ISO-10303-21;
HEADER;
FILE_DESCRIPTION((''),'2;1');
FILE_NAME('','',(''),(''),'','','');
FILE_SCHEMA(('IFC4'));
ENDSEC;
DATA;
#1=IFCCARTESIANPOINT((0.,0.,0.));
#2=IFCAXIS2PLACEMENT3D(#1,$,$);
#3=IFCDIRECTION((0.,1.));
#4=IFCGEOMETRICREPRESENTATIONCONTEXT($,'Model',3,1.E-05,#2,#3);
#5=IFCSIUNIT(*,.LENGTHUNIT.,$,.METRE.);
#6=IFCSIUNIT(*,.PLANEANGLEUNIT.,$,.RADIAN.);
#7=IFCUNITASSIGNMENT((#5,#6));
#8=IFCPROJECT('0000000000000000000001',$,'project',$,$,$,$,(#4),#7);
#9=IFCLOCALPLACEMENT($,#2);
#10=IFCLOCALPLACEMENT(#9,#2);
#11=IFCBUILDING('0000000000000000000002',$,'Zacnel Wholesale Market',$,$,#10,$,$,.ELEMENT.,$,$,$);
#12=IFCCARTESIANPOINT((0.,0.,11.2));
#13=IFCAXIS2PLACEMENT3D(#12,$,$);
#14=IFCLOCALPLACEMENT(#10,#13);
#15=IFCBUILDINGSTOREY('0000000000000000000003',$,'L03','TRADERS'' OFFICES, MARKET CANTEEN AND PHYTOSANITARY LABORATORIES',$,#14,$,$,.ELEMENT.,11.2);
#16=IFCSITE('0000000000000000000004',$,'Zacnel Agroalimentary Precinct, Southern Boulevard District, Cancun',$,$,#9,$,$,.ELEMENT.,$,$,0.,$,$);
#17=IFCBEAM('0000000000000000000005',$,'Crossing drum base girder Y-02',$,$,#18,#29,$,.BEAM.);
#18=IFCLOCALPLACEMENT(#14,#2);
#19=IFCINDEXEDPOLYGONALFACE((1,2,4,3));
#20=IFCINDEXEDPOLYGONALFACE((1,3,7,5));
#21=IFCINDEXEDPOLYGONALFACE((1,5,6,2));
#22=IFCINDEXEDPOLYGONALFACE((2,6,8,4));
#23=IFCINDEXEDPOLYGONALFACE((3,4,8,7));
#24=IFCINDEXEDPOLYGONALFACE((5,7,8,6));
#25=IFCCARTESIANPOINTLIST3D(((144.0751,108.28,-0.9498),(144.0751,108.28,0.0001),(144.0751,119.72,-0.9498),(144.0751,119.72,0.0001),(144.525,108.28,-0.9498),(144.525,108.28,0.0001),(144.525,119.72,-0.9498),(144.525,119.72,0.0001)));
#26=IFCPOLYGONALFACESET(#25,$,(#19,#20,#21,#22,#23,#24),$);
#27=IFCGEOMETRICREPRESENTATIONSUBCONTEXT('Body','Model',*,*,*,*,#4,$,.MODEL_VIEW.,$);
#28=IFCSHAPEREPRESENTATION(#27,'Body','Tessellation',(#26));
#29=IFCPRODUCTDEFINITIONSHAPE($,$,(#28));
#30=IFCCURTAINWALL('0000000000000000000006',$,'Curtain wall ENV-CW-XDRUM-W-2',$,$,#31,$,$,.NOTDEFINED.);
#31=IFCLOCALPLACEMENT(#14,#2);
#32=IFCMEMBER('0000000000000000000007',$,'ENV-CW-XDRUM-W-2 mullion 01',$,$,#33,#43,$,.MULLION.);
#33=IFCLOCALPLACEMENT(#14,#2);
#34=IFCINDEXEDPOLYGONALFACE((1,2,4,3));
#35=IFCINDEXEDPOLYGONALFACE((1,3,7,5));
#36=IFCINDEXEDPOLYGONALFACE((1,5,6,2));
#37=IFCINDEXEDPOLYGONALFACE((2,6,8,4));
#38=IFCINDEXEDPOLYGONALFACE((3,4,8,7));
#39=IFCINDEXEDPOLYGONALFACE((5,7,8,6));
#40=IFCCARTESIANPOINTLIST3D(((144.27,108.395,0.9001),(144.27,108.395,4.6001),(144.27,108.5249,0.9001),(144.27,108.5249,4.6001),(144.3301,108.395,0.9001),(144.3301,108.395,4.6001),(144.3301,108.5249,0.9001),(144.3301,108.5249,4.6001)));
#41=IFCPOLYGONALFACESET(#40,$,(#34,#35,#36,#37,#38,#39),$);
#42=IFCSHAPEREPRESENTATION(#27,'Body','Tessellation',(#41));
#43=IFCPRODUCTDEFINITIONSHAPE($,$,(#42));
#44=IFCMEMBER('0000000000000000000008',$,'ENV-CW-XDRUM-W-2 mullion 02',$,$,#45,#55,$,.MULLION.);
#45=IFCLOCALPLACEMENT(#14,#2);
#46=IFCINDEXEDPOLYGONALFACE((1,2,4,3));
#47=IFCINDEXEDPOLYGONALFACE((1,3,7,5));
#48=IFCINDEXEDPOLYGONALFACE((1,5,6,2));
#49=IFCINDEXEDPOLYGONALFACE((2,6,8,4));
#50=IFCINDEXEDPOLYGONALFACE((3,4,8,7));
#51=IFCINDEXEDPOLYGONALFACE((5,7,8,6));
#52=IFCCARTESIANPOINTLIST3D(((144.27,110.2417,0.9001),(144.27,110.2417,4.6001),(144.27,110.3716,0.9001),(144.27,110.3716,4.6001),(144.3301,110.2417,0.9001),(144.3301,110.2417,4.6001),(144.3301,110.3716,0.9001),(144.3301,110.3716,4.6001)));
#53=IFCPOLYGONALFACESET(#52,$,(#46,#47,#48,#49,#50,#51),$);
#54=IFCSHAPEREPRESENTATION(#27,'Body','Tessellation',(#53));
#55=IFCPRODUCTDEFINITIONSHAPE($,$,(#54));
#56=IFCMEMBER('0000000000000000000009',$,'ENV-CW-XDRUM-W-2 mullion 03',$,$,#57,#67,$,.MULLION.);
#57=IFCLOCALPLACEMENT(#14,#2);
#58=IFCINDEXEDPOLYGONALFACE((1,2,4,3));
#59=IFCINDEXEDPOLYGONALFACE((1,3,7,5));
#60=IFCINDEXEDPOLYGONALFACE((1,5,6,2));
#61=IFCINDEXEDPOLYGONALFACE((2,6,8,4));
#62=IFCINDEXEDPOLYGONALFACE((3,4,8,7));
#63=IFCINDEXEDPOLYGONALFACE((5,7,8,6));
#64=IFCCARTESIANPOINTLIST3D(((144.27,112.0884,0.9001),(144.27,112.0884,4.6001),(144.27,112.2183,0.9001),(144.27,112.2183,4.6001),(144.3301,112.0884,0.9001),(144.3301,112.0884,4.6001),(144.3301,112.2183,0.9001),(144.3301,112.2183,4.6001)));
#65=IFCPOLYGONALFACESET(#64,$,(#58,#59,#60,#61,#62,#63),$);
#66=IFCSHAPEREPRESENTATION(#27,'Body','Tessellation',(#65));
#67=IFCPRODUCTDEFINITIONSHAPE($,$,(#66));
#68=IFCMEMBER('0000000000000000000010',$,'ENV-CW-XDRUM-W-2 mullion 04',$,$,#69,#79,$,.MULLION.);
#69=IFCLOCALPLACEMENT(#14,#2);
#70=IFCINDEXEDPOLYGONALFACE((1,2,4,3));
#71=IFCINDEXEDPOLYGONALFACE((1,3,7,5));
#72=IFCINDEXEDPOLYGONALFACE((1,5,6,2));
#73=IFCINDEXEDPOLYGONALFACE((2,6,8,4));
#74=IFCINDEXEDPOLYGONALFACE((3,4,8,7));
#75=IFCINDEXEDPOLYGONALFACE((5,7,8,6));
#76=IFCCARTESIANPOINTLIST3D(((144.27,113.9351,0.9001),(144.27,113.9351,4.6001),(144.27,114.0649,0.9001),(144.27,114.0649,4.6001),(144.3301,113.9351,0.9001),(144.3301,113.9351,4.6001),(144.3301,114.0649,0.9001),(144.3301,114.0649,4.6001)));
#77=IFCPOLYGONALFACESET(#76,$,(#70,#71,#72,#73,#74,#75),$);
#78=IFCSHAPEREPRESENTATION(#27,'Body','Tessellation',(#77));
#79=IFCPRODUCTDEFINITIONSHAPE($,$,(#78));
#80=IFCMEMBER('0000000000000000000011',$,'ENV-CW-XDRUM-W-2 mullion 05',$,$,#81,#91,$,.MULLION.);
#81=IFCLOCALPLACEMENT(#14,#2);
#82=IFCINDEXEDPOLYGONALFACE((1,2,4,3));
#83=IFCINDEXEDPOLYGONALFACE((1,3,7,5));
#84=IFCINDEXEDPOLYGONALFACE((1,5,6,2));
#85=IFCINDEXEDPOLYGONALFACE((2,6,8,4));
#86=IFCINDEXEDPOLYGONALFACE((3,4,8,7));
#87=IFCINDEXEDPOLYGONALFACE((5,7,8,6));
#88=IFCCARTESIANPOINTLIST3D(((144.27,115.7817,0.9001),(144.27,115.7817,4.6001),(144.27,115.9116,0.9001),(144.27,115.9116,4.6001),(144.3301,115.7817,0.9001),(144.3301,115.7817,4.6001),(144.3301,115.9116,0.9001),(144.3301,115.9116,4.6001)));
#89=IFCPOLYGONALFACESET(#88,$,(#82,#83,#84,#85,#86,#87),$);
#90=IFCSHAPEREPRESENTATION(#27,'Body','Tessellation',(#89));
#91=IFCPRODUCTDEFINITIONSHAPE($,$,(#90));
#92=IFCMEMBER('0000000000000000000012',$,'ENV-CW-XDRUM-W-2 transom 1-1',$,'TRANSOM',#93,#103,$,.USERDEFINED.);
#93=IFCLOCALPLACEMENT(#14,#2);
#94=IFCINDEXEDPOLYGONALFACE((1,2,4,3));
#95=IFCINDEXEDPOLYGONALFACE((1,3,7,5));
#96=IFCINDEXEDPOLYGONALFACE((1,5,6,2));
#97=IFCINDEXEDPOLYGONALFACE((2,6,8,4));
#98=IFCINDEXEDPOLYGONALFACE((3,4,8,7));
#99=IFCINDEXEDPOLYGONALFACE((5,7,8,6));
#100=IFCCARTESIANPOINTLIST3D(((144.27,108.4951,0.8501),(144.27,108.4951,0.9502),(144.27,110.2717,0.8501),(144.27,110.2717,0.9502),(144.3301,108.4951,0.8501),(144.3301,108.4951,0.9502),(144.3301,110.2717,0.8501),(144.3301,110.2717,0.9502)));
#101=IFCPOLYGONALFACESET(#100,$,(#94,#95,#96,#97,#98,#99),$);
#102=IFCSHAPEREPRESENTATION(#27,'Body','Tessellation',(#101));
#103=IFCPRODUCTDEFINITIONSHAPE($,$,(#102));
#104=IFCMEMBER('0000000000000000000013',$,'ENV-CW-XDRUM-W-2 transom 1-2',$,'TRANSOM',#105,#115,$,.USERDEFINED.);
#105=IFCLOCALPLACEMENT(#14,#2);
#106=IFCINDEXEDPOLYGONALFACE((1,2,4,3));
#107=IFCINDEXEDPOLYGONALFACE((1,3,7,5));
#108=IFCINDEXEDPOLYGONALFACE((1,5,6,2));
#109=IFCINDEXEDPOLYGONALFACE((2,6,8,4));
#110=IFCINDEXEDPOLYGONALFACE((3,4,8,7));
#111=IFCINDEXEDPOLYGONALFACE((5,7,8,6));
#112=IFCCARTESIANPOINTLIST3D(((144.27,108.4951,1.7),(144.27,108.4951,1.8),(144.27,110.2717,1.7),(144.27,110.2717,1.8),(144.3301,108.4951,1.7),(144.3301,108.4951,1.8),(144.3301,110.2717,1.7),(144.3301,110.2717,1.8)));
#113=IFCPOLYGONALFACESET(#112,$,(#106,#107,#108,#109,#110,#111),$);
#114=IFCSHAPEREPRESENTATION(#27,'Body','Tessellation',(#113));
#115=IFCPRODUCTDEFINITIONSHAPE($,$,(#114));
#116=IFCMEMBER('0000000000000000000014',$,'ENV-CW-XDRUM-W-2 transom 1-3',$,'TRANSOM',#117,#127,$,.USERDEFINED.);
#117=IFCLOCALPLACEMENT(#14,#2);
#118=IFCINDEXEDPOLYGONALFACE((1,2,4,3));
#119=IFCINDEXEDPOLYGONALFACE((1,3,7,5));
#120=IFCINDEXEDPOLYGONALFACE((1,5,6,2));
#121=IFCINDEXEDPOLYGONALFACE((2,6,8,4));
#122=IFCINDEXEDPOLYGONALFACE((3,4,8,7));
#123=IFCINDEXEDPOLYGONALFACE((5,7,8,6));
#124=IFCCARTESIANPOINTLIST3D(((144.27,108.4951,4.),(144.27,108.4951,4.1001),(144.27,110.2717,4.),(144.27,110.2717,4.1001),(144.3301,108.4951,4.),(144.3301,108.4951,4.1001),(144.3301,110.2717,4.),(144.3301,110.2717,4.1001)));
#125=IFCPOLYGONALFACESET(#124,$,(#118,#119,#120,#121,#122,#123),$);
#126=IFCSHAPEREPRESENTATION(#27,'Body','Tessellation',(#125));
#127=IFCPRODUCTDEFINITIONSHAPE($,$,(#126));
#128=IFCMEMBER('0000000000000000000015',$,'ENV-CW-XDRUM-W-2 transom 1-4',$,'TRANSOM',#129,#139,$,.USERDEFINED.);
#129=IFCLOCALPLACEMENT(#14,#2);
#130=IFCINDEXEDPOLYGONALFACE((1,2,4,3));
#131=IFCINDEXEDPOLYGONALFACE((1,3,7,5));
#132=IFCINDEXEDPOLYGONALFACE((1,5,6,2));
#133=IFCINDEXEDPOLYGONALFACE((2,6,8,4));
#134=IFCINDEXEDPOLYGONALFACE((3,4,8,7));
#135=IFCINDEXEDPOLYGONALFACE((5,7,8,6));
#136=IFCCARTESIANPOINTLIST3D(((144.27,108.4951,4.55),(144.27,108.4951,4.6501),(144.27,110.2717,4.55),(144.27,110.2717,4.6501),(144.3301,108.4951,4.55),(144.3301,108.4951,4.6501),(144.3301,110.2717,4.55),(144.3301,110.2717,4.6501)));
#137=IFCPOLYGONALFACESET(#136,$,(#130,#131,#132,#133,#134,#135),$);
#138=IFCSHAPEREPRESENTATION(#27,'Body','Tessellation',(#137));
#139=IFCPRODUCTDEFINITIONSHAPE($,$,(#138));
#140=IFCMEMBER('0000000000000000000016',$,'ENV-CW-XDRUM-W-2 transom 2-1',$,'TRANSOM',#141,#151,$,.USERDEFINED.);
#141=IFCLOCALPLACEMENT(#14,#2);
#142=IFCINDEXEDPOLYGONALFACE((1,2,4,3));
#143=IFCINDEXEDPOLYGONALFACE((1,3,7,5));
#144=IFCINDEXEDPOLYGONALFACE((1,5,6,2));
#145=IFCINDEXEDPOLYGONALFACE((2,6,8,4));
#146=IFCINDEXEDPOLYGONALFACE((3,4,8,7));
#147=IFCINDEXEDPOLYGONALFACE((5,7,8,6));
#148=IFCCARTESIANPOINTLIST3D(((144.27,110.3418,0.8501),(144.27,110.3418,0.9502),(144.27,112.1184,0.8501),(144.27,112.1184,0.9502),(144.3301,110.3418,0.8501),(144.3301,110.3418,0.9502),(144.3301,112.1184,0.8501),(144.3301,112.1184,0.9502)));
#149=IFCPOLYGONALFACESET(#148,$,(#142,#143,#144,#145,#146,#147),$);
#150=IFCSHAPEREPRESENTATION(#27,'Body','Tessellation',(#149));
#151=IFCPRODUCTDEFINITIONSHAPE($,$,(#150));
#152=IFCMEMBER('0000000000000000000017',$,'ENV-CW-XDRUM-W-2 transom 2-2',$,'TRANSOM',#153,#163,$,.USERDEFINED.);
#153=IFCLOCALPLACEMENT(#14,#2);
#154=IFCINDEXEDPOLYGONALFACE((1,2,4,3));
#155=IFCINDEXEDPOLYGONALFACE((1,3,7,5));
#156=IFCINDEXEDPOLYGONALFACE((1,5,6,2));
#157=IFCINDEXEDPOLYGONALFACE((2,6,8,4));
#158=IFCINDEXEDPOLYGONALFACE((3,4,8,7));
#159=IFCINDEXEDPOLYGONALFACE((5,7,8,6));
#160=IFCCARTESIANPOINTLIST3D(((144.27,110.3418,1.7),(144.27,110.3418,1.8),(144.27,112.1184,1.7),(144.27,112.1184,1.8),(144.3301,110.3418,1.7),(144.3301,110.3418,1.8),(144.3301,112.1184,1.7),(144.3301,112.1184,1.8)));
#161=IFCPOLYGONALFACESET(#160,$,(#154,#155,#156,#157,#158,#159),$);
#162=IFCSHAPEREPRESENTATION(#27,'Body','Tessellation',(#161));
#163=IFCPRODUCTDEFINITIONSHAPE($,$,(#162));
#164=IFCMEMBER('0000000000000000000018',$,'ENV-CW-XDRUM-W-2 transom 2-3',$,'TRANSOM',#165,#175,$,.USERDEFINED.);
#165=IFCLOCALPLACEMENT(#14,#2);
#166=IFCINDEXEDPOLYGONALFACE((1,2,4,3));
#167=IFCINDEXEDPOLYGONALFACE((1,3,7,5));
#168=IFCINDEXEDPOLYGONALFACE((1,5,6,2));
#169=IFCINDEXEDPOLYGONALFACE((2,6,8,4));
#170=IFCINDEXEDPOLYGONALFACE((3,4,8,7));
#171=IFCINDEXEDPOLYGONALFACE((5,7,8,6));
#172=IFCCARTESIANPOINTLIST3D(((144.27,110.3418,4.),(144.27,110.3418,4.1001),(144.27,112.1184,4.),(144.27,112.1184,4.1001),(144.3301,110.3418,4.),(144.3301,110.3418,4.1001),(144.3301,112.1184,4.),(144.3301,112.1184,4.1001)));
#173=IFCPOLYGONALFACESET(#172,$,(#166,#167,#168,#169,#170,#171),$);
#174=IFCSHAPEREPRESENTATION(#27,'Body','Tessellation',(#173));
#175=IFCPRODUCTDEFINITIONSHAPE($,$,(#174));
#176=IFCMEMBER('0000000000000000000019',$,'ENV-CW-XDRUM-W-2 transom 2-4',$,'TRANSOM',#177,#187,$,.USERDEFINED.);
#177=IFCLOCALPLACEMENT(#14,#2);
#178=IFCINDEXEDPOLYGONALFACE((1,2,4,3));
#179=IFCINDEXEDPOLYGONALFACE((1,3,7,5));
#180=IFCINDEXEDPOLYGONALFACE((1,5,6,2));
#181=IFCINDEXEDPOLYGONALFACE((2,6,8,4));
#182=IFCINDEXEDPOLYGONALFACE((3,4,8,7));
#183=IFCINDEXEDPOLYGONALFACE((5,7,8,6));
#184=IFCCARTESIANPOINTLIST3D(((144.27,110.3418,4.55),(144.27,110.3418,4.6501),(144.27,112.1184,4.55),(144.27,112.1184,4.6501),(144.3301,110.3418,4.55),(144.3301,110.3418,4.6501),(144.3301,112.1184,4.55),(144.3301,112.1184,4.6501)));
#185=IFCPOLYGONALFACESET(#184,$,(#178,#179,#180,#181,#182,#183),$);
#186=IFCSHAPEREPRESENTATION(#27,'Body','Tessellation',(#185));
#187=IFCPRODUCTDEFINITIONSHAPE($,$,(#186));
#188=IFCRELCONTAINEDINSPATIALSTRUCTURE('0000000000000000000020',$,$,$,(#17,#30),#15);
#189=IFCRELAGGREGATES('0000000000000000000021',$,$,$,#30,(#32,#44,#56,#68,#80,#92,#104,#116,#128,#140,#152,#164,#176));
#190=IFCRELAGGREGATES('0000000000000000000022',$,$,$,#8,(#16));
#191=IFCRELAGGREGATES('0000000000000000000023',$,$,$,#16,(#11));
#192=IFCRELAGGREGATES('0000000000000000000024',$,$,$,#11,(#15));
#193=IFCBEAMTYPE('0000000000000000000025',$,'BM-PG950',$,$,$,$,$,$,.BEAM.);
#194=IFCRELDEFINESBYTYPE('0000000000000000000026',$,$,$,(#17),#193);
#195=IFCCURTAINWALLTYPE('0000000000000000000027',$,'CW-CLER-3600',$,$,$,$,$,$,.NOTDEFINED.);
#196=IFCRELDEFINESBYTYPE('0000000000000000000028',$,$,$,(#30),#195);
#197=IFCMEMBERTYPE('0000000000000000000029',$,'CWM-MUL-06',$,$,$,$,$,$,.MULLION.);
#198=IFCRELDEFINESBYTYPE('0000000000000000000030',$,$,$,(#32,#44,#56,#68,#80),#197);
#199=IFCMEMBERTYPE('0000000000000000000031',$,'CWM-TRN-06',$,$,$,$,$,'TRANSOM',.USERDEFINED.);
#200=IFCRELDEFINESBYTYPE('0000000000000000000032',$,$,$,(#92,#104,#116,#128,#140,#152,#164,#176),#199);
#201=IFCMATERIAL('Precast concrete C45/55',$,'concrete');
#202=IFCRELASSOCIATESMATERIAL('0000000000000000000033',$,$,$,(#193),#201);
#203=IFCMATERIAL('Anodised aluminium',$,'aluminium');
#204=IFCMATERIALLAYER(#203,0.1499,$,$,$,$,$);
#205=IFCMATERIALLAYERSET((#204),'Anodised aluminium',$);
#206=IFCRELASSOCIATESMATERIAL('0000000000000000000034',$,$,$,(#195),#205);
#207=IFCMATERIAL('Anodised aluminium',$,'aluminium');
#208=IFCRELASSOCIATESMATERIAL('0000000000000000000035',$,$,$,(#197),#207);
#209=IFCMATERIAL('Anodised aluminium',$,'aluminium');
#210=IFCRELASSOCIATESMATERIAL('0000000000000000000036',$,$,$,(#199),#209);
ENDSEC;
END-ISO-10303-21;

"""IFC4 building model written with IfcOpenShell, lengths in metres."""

from ifc_helpers import new_model, si_unit, direction, frame, origin, origin_2d, place, context, subcontext, project, spatial, rectangle, extrude, material, layer, layer_set, material_profile, profile_set, type_object, element, aggregate, save


model = new_model("IFC4")

# Units and contexts
model_context = context("Model", 3, precision=1e-05, world=origin(), true_north=direction((0.0, 1.0)))
body_context = subcontext(model_context, "Body", "Model", "MODEL_VIEW")
ifc_project = project(units=[si_unit("LENGTHUNIT", "METRE"), si_unit("PLANEANGLEUNIT", "RADIAN")], contexts=[model_context])

# Site, building, storey
site_placement = place(None, origin())
site = spatial("IfcSite", under=ifc_project, at=site_placement, Name="Zacnel Agroalimentary Precinct, Southern Boulevard District, Cancun", CompositionType="ELEMENT", RefElevation=0.0)
building_placement = place(site_placement, origin())
building = spatial("IfcBuilding", under=site, at=building_placement, Name="Zacnel Wholesale Market", CompositionType="ELEMENT")
storey_placement = place(building_placement, frame((0.0, 0.0, 11.2)))
storey = spatial("IfcBuildingStorey", under=building, at=storey_placement, Name="L03", Description="TRADERS' OFFICES, MARKET CANTEEN AND PHYTOSANITARY LABORATORIES", CompositionType="ELEMENT", Elevation=11.2)

# Beam
ifc_material_1 = material(Name="Precast concrete C45/55", Category="concrete")
ifc_material_profile_1 = material_profile(ifc_material_1, rectangle(XDim=0.45, YDim=0.95, at=origin_2d()), Name="PG 450x950")
ifc_profile_set_1 = profile_set([ifc_material_profile_1], Name="Precast concrete C45/55")
beam_type = type_object("IfcBeamType", Name="BM-PG950", PredefinedType="BEAM", material=ifc_profile_set_1)
beam_placement = place(storey_placement, frame((144.3, 108.28, -0.4749), z_axis=(0.0, 1.0, 0.0), x_axis=(-1.0, 0.0, 0.0)))
element("IfcBeam", 1, at=beam_placement, inside=storey, type_object=beam_type, Name="Crossing drum base girder Y-02", PredefinedType="BEAM", context=body_context, shape_type="SweptSolid", body=[
    extrude(rectangle(XDim=0.45, YDim=0.95, at=origin_2d()), origin(), (0.0, 0.0, 1.0), 11.4399),
])

# Curtain wall, members
ifc_material_2 = material(Name="Anodised aluminium", Category="aluminium")
ifc_layer_1 = layer(ifc_material_2, 0.1499)
ifc_layer_set_1 = layer_set([ifc_layer_1], Name="Anodised aluminium")
curtain_wall_type = type_object("IfcCurtainWallType", Name="CW-CLER-3600", PredefinedType="NOTDEFINED", material=ifc_layer_set_1)
curtain_wall_placement = place(storey_placement, origin())
curtain_wall = element("IfcCurtainWall", 2, at=curtain_wall_placement, inside=storey, type_object=curtain_wall_type, Name="Curtain wall ENV-CW-XDRUM-W-2", PredefinedType="NOTDEFINED")
ifc_material_3 = material(Name="Anodised aluminium", Category="aluminium")
ifc_material_profile_2 = material_profile(ifc_material_3, rectangle(XDim=0.0601, YDim=0.1299, at=origin_2d()), Name="AW-MULLION 60x130")
ifc_profile_set_2 = profile_set([ifc_material_profile_2], Name="Anodised aluminium")
member_type_1 = type_object("IfcMemberType", Name="CWM-MUL-06", PredefinedType="MULLION", material=ifc_profile_set_2)
member_1_placement = place(storey_placement, frame((144.3, 108.46, 0.9001), z_axis=(0.0, 0.0, 1.0), x_axis=(1.0, 0.0, 0.0)))
member_1 = element("IfcMember", 3, at=member_1_placement, type_object=member_type_1, Name="ENV-CW-XDRUM-W-2 mullion 01", PredefinedType="MULLION", context=body_context, shape_type="SweptSolid", body=[
    extrude(rectangle(XDim=0.0601, YDim=0.1299, at=origin_2d()), origin(), (0.0, 0.0, 1.0), 3.7),
])
member_2_placement = place(storey_placement, frame((144.3, 110.3066, 0.9001), z_axis=(0.0, 0.0, 1.0), x_axis=(1.0, 0.0, 0.0)))
member_2 = element("IfcMember", 4, at=member_2_placement, type_object=member_type_1, Name="ENV-CW-XDRUM-W-2 mullion 02", PredefinedType="MULLION", context=body_context, shape_type="SweptSolid", body=[
    extrude(rectangle(XDim=0.0601, YDim=0.1299, at=origin_2d()), origin(), (0.0, 0.0, 1.0), 3.7),
])
member_3_placement = place(storey_placement, frame((144.3, 112.1533, 0.9001), z_axis=(0.0, 0.0, 1.0), x_axis=(1.0, 0.0, 0.0)))
member_3 = element("IfcMember", 5, at=member_3_placement, type_object=member_type_1, Name="ENV-CW-XDRUM-W-2 mullion 03", PredefinedType="MULLION", context=body_context, shape_type="SweptSolid", body=[
    extrude(rectangle(XDim=0.0601, YDim=0.1299, at=origin_2d()), origin(), (0.0, 0.0, 1.0), 3.7),
])
member_4_placement = place(storey_placement, frame((144.3, 114.0, 0.9001), z_axis=(0.0, 0.0, 1.0), x_axis=(1.0, 0.0, 0.0)))
member_4 = element("IfcMember", 6, at=member_4_placement, type_object=member_type_1, Name="ENV-CW-XDRUM-W-2 mullion 04", PredefinedType="MULLION", context=body_context, shape_type="SweptSolid", body=[
    extrude(rectangle(XDim=0.0601, YDim=0.1299, at=origin_2d()), origin(), (0.0, 0.0, 1.0), 3.7),
])
member_5_placement = place(storey_placement, frame((144.3, 115.8467, 0.9001), z_axis=(0.0, 0.0, 1.0), x_axis=(1.0, 0.0, 0.0)))
member_5 = element("IfcMember", 7, at=member_5_placement, type_object=member_type_1, Name="ENV-CW-XDRUM-W-2 mullion 05", PredefinedType="MULLION", context=body_context, shape_type="SweptSolid", body=[
    extrude(rectangle(XDim=0.0601, YDim=0.1299, at=origin_2d()), origin(), (0.0, 0.0, 1.0), 3.7),
])
ifc_material_4 = material(Name="Anodised aluminium", Category="aluminium")
ifc_material_profile_3 = material_profile(ifc_material_4, rectangle(XDim=0.0601, YDim=0.1001, at=origin_2d()), Name="AW-TRANSOM 60x100")
ifc_profile_set_3 = profile_set([ifc_material_profile_3], Name="Anodised aluminium")
member_type_2 = type_object("IfcMemberType", Name="CWM-TRN-06", ElementType="TRANSOM", PredefinedType="USERDEFINED", material=ifc_profile_set_3)
member_6_placement = place(storey_placement, frame((144.3, 108.4951, 0.9001), z_axis=(0.0, 1.0, 0.0), x_axis=(-1.0, 0.0, 0.0)))
member_6 = element("IfcMember", 8, at=member_6_placement, type_object=member_type_2, Name="ENV-CW-XDRUM-W-2 transom 1-1", ObjectType="TRANSOM", PredefinedType="USERDEFINED", context=body_context, shape_type="SweptSolid", body=[
    extrude(rectangle(XDim=0.0601, YDim=0.1001, at=origin_2d()), origin(), (0.0, 0.0, 1.0), 1.7766),
])
member_7_placement = place(storey_placement, frame((144.3, 108.4951, 1.75), z_axis=(0.0, 1.0, 0.0), x_axis=(-1.0, 0.0, 0.0)))
member_7 = element("IfcMember", 9, at=member_7_placement, type_object=member_type_2, Name="ENV-CW-XDRUM-W-2 transom 1-2", ObjectType="TRANSOM", PredefinedType="USERDEFINED", context=body_context, shape_type="SweptSolid", body=[
    extrude(rectangle(XDim=0.0601, YDim=0.1001, at=origin_2d()), origin(), (0.0, 0.0, 1.0), 1.7766),
])
member_8_placement = place(storey_placement, frame((144.3, 108.4951, 4.05), z_axis=(0.0, 1.0, 0.0), x_axis=(-1.0, 0.0, 0.0)))
member_8 = element("IfcMember", 10, at=member_8_placement, type_object=member_type_2, Name="ENV-CW-XDRUM-W-2 transom 1-3", ObjectType="TRANSOM", PredefinedType="USERDEFINED", context=body_context, shape_type="SweptSolid", body=[
    extrude(rectangle(XDim=0.0601, YDim=0.1001, at=origin_2d()), origin(), (0.0, 0.0, 1.0), 1.7766),
])
member_9_placement = place(storey_placement, frame((144.3, 108.4951, 4.6001), z_axis=(0.0, 1.0, 0.0), x_axis=(-1.0, 0.0, 0.0)))
member_9 = element("IfcMember", 11, at=member_9_placement, type_object=member_type_2, Name="ENV-CW-XDRUM-W-2 transom 1-4", ObjectType="TRANSOM", PredefinedType="USERDEFINED", context=body_context, shape_type="SweptSolid", body=[
    extrude(rectangle(XDim=0.0601, YDim=0.1001, at=origin_2d()), origin(), (0.0, 0.0, 1.0), 1.7766),
])
member_10_placement = place(storey_placement, frame((144.3, 110.3418, 0.9001), z_axis=(0.0, 1.0, 0.0), x_axis=(-1.0, 0.0, 0.0)))
member_10 = element("IfcMember", 12, at=member_10_placement, type_object=member_type_2, Name="ENV-CW-XDRUM-W-2 transom 2-1", ObjectType="TRANSOM", PredefinedType="USERDEFINED", context=body_context, shape_type="SweptSolid", body=[
    extrude(rectangle(XDim=0.0601, YDim=0.1001, at=origin_2d()), origin(), (0.0, 0.0, 1.0), 1.7766),
])
member_11_placement = place(storey_placement, frame((144.3, 110.3418, 1.75), z_axis=(0.0, 1.0, 0.0), x_axis=(-1.0, 0.0, 0.0)))
member_11 = element("IfcMember", 13, at=member_11_placement, type_object=member_type_2, Name="ENV-CW-XDRUM-W-2 transom 2-2", ObjectType="TRANSOM", PredefinedType="USERDEFINED", context=body_context, shape_type="SweptSolid", body=[
    extrude(rectangle(XDim=0.0601, YDim=0.1001, at=origin_2d()), origin(), (0.0, 0.0, 1.0), 1.7766),
])
member_12_placement = place(storey_placement, frame((144.3, 110.3418, 4.05), z_axis=(0.0, 1.0, 0.0), x_axis=(-1.0, 0.0, 0.0)))
member_12 = element("IfcMember", 14, at=member_12_placement, type_object=member_type_2, Name="ENV-CW-XDRUM-W-2 transom 2-3", ObjectType="TRANSOM", PredefinedType="USERDEFINED", context=body_context, shape_type="SweptSolid", body=[
    extrude(rectangle(XDim=0.0601, YDim=0.1001, at=origin_2d()), origin(), (0.0, 0.0, 1.0), 1.7766),
])
member_13_placement = place(storey_placement, frame((144.3, 110.3418, 4.6001), z_axis=(0.0, 1.0, 0.0), x_axis=(-1.0, 0.0, 0.0)))
member_13 = element("IfcMember", 15, at=member_13_placement, type_object=member_type_2, Name="ENV-CW-XDRUM-W-2 transom 2-4", ObjectType="TRANSOM", PredefinedType="USERDEFINED", context=body_context, shape_type="SweptSolid", body=[
    extrude(rectangle(XDim=0.0601, YDim=0.1001, at=origin_2d()), origin(), (0.0, 0.0, 1.0), 1.7766),
])
aggregate(curtain_wall, [member_1, member_2, member_3, member_4, member_5, member_6, member_7, member_8, member_9, member_10, member_11, member_12, member_13])

save(model, "model.ifc")
